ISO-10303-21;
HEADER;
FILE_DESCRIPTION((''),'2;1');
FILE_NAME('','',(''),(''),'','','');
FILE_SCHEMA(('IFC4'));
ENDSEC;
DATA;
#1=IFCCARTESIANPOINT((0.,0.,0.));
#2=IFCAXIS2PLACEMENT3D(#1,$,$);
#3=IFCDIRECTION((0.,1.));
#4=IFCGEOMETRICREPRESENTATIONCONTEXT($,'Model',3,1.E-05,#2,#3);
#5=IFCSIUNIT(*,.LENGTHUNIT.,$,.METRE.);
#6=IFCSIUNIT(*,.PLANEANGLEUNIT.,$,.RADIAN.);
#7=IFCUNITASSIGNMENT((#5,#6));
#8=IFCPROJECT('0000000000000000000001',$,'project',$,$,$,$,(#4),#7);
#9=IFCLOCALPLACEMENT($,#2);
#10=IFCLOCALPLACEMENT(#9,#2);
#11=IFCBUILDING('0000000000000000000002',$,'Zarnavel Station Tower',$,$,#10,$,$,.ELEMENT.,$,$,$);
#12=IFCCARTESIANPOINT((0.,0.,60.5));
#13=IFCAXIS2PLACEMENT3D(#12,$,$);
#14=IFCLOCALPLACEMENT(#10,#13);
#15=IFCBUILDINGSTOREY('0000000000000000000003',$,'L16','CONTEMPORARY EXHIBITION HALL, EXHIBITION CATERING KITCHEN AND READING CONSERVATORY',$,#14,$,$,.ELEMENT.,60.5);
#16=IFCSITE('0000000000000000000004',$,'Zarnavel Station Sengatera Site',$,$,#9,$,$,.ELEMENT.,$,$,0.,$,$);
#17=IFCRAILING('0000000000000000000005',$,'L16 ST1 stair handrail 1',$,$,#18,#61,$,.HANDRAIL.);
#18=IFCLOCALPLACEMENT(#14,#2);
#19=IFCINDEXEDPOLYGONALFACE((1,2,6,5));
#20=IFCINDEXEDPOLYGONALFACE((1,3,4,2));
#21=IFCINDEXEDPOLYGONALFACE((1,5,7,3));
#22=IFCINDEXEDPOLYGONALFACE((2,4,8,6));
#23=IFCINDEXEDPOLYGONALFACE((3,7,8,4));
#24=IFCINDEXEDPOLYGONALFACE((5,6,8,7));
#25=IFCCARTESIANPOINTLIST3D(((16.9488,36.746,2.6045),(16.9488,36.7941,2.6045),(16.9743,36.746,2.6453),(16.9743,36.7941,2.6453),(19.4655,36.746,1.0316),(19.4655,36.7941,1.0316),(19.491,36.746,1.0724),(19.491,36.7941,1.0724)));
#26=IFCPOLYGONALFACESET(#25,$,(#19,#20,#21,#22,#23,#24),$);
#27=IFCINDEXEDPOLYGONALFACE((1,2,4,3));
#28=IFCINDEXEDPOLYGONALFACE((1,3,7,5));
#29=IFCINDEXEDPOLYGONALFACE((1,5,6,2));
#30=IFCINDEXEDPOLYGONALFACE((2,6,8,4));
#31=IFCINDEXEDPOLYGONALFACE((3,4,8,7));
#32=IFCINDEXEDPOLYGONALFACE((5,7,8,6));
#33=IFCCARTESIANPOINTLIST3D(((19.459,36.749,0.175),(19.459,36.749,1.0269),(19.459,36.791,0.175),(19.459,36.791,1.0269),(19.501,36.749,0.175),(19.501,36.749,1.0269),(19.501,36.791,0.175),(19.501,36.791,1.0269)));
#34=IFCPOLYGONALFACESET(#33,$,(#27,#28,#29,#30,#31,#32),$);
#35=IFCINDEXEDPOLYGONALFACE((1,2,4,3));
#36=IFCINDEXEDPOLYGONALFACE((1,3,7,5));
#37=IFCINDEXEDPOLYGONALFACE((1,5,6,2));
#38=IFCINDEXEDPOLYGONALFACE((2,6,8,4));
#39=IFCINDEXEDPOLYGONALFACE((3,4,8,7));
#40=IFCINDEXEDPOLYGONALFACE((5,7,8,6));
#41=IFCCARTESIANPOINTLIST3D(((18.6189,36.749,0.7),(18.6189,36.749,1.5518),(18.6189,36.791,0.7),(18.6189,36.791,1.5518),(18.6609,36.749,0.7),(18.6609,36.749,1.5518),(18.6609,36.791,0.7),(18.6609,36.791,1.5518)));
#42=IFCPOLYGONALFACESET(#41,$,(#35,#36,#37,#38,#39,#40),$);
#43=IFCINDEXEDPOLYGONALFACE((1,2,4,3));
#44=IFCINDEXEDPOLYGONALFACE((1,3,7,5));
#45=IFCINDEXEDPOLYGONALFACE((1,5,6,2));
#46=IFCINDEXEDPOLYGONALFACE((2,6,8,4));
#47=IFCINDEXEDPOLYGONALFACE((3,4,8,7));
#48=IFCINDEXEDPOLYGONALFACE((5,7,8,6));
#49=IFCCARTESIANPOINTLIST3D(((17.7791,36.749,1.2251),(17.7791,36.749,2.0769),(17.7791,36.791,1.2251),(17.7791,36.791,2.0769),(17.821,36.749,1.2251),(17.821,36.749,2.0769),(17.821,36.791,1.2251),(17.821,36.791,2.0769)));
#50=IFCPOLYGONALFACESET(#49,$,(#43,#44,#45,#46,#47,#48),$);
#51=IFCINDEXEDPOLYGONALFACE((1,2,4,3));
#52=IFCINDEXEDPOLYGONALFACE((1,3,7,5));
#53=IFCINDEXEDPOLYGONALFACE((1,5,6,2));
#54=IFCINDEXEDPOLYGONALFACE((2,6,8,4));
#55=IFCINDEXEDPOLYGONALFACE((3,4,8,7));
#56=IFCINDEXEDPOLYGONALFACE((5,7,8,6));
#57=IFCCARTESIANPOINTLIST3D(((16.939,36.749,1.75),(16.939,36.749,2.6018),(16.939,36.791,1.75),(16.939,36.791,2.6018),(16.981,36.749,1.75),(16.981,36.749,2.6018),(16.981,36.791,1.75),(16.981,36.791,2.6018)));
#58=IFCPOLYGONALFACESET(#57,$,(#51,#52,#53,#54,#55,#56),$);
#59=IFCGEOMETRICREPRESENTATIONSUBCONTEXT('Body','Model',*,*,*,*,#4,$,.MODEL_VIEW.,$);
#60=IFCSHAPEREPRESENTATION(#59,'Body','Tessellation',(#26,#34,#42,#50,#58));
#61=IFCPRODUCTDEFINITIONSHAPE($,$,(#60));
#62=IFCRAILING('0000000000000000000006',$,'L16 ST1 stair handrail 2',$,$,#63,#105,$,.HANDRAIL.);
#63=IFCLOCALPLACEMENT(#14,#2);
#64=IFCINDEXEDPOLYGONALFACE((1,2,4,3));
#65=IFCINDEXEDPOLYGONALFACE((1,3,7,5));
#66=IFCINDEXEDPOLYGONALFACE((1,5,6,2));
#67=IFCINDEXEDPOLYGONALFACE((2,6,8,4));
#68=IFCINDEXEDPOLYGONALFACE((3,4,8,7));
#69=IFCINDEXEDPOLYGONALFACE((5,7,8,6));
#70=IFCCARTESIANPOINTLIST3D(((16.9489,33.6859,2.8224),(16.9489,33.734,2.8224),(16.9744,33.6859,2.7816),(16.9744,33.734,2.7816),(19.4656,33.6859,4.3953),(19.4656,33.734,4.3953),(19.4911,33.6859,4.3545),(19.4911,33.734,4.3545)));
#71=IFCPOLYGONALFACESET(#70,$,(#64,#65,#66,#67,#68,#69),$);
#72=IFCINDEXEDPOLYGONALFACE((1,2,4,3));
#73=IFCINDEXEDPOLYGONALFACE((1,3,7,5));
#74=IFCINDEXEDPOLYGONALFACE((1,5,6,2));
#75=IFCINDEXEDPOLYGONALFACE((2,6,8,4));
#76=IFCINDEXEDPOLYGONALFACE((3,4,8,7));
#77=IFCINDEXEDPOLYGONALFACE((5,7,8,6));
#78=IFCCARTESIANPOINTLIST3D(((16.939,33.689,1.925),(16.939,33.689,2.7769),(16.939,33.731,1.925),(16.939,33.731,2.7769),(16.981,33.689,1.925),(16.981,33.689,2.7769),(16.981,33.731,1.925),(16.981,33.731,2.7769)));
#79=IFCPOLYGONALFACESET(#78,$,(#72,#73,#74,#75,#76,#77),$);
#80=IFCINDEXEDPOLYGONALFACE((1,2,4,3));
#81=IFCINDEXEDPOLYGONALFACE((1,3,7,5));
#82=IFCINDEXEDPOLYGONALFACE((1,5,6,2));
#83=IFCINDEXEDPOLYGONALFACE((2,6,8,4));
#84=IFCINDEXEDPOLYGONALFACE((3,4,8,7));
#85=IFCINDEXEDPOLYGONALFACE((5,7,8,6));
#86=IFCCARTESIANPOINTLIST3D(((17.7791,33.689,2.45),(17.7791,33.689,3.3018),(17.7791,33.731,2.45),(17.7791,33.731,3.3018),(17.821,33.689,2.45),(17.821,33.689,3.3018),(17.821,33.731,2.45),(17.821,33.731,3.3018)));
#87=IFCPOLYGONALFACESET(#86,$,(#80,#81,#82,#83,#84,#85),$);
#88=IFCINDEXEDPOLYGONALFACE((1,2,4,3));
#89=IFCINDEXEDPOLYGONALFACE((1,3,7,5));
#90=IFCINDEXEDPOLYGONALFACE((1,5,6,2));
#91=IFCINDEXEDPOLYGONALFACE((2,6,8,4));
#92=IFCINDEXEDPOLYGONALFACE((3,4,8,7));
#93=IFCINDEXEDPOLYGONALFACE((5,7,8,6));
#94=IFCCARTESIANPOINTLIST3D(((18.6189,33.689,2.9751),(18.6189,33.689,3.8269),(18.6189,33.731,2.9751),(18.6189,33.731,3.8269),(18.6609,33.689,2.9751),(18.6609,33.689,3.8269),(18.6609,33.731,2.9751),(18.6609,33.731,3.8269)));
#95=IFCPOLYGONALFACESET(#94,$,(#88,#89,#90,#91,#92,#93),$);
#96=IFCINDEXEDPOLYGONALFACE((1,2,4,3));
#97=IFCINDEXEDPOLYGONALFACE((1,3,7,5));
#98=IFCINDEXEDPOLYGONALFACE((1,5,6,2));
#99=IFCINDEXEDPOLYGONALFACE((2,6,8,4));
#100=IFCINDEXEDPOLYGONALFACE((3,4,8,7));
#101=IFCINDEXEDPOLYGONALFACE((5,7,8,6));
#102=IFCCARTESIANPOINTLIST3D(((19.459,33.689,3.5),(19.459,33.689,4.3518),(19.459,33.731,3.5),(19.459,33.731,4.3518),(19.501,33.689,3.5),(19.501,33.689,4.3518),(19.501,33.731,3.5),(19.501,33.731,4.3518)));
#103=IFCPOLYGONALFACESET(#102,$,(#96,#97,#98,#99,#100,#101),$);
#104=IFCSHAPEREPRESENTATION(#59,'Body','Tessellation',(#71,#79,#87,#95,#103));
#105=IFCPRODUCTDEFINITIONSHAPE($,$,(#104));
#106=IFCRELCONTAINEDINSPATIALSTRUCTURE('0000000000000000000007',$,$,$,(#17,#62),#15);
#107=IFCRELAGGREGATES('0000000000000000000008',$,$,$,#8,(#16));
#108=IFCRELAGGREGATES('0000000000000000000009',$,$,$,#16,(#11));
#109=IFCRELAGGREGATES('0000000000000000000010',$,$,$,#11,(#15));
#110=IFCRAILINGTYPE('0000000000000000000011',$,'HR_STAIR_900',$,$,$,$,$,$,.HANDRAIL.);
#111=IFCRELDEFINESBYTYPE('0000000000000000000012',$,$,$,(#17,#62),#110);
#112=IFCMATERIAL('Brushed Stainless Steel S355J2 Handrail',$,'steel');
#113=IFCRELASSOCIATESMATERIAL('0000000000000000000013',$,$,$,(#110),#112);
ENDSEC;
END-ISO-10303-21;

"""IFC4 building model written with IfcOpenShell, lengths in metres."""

from ifc_helpers import new_model, si_unit, direction, frame, origin, origin_2d, place, context, subcontext, project, spatial, rectangle, extrude, material, type_object, element, save


model = new_model("IFC4")

# Units and contexts
model_context = context("Model", 3, precision=1e-05, world=origin(), true_north=direction((0.0, 1.0)))
body_context = subcontext(model_context, "Body", "Model", "MODEL_VIEW")
ifc_project = project(units=[si_unit("LENGTHUNIT", "METRE"), si_unit("PLANEANGLEUNIT", "RADIAN")], contexts=[model_context])

# Site, building, storey
site_placement = place(None, origin())
site = spatial("IfcSite", under=ifc_project, at=site_placement, Name="Zarnavel Station Sengatera Site", CompositionType="ELEMENT", RefElevation=0.0)
building_placement = place(site_placement, origin())
building = spatial("IfcBuilding", under=site, at=building_placement, Name="Zarnavel Station Tower", CompositionType="ELEMENT")
storey_placement = place(building_placement, frame((0.0, 0.0, 60.5)))
storey = spatial("IfcBuildingStorey", under=building, at=storey_placement, Name="L16", Description="CONTEMPORARY EXHIBITION HALL, EXHIBITION CATERING KITCHEN AND READING CONSERVATORY", CompositionType="ELEMENT", Elevation=60.5)

# Railings
ifc_material_1 = material(Name="Brushed Stainless Steel S355J2 Handrail", Category="steel")
railing_type_1 = type_object("IfcRailingType", Name="HR_STAIR_900", PredefinedType="HANDRAIL", material=ifc_material_1)
railing_1_placement = place(storey_placement, frame((19.48, 36.77, 0.175)))
element("IfcRailing", 1, at=railing_1_placement, inside=storey, type_object=railing_type_1, Name="L16 ST1 stair handrail 1", PredefinedType="HANDRAIL", context=body_context, shape_type="SweptSolid", body=[
    extrude(rectangle(XDim=0.0481, YDim=0.0481, at=origin_2d()), frame((-0.0017, 0.0, 0.877), z_axis=(-0.848008, 0.0, 0.529984), x_axis=(0.0, -1.0, 0.0)), (0.0, 0.0, 1.0), 2.9678),
    extrude(rectangle(XDim=0.042, YDim=0.042, at=origin_2d()), origin(), (0.0, 0.0, 1.0), 0.8518),
    extrude(rectangle(XDim=0.042, YDim=0.042, at=origin_2d()), frame((-0.8401, 0.0, 0.5249)), (0.0, 0.0, 1.0), 0.8518),
    extrude(rectangle(XDim=0.042, YDim=0.042, at=origin_2d()), frame((-1.6799, 0.0, 1.05)), (0.0, 0.0, 1.0), 0.8518),
    extrude(rectangle(XDim=0.042, YDim=0.042, at=origin_2d()), frame((-2.52, 0.0, 1.575)), (0.0, 0.0, 1.0), 0.8518),
])
railing_2_placement = place(storey_placement, frame((16.96, 33.71, 1.925)))
element("IfcRailing", 2, at=railing_2_placement, inside=storey, type_object=railing_type_1, Name="L16 ST1 stair handrail 2", PredefinedType="HANDRAIL", context=body_context, shape_type="SweptSolid", body=[
    extrude(rectangle(XDim=0.0481, YDim=0.0481, at=origin_2d()), frame((0.0017, 0.0, 0.877), z_axis=(0.848008, 0.0, 0.529984), x_axis=(0.0, 1.0, 0.0)), (0.0, 0.0, 1.0), 2.9678),
    extrude(rectangle(XDim=0.042, YDim=0.042, at=origin_2d()), origin(), (0.0, 0.0, 1.0), 0.8518),
    extrude(rectangle(XDim=0.042, YDim=0.042, at=origin_2d()), frame((0.8401, 0.0, 0.5249)), (0.0, 0.0, 1.0), 0.8518),
    extrude(rectangle(XDim=0.042, YDim=0.042, at=origin_2d()), frame((1.6799, 0.0, 1.05)), (0.0, 0.0, 1.0), 0.8518),
    extrude(rectangle(XDim=0.042, YDim=0.042, at=origin_2d()), frame((2.52, 0.0, 1.575)), (0.0, 0.0, 1.0), 0.8518),
])

save(model, "model.ifc")
